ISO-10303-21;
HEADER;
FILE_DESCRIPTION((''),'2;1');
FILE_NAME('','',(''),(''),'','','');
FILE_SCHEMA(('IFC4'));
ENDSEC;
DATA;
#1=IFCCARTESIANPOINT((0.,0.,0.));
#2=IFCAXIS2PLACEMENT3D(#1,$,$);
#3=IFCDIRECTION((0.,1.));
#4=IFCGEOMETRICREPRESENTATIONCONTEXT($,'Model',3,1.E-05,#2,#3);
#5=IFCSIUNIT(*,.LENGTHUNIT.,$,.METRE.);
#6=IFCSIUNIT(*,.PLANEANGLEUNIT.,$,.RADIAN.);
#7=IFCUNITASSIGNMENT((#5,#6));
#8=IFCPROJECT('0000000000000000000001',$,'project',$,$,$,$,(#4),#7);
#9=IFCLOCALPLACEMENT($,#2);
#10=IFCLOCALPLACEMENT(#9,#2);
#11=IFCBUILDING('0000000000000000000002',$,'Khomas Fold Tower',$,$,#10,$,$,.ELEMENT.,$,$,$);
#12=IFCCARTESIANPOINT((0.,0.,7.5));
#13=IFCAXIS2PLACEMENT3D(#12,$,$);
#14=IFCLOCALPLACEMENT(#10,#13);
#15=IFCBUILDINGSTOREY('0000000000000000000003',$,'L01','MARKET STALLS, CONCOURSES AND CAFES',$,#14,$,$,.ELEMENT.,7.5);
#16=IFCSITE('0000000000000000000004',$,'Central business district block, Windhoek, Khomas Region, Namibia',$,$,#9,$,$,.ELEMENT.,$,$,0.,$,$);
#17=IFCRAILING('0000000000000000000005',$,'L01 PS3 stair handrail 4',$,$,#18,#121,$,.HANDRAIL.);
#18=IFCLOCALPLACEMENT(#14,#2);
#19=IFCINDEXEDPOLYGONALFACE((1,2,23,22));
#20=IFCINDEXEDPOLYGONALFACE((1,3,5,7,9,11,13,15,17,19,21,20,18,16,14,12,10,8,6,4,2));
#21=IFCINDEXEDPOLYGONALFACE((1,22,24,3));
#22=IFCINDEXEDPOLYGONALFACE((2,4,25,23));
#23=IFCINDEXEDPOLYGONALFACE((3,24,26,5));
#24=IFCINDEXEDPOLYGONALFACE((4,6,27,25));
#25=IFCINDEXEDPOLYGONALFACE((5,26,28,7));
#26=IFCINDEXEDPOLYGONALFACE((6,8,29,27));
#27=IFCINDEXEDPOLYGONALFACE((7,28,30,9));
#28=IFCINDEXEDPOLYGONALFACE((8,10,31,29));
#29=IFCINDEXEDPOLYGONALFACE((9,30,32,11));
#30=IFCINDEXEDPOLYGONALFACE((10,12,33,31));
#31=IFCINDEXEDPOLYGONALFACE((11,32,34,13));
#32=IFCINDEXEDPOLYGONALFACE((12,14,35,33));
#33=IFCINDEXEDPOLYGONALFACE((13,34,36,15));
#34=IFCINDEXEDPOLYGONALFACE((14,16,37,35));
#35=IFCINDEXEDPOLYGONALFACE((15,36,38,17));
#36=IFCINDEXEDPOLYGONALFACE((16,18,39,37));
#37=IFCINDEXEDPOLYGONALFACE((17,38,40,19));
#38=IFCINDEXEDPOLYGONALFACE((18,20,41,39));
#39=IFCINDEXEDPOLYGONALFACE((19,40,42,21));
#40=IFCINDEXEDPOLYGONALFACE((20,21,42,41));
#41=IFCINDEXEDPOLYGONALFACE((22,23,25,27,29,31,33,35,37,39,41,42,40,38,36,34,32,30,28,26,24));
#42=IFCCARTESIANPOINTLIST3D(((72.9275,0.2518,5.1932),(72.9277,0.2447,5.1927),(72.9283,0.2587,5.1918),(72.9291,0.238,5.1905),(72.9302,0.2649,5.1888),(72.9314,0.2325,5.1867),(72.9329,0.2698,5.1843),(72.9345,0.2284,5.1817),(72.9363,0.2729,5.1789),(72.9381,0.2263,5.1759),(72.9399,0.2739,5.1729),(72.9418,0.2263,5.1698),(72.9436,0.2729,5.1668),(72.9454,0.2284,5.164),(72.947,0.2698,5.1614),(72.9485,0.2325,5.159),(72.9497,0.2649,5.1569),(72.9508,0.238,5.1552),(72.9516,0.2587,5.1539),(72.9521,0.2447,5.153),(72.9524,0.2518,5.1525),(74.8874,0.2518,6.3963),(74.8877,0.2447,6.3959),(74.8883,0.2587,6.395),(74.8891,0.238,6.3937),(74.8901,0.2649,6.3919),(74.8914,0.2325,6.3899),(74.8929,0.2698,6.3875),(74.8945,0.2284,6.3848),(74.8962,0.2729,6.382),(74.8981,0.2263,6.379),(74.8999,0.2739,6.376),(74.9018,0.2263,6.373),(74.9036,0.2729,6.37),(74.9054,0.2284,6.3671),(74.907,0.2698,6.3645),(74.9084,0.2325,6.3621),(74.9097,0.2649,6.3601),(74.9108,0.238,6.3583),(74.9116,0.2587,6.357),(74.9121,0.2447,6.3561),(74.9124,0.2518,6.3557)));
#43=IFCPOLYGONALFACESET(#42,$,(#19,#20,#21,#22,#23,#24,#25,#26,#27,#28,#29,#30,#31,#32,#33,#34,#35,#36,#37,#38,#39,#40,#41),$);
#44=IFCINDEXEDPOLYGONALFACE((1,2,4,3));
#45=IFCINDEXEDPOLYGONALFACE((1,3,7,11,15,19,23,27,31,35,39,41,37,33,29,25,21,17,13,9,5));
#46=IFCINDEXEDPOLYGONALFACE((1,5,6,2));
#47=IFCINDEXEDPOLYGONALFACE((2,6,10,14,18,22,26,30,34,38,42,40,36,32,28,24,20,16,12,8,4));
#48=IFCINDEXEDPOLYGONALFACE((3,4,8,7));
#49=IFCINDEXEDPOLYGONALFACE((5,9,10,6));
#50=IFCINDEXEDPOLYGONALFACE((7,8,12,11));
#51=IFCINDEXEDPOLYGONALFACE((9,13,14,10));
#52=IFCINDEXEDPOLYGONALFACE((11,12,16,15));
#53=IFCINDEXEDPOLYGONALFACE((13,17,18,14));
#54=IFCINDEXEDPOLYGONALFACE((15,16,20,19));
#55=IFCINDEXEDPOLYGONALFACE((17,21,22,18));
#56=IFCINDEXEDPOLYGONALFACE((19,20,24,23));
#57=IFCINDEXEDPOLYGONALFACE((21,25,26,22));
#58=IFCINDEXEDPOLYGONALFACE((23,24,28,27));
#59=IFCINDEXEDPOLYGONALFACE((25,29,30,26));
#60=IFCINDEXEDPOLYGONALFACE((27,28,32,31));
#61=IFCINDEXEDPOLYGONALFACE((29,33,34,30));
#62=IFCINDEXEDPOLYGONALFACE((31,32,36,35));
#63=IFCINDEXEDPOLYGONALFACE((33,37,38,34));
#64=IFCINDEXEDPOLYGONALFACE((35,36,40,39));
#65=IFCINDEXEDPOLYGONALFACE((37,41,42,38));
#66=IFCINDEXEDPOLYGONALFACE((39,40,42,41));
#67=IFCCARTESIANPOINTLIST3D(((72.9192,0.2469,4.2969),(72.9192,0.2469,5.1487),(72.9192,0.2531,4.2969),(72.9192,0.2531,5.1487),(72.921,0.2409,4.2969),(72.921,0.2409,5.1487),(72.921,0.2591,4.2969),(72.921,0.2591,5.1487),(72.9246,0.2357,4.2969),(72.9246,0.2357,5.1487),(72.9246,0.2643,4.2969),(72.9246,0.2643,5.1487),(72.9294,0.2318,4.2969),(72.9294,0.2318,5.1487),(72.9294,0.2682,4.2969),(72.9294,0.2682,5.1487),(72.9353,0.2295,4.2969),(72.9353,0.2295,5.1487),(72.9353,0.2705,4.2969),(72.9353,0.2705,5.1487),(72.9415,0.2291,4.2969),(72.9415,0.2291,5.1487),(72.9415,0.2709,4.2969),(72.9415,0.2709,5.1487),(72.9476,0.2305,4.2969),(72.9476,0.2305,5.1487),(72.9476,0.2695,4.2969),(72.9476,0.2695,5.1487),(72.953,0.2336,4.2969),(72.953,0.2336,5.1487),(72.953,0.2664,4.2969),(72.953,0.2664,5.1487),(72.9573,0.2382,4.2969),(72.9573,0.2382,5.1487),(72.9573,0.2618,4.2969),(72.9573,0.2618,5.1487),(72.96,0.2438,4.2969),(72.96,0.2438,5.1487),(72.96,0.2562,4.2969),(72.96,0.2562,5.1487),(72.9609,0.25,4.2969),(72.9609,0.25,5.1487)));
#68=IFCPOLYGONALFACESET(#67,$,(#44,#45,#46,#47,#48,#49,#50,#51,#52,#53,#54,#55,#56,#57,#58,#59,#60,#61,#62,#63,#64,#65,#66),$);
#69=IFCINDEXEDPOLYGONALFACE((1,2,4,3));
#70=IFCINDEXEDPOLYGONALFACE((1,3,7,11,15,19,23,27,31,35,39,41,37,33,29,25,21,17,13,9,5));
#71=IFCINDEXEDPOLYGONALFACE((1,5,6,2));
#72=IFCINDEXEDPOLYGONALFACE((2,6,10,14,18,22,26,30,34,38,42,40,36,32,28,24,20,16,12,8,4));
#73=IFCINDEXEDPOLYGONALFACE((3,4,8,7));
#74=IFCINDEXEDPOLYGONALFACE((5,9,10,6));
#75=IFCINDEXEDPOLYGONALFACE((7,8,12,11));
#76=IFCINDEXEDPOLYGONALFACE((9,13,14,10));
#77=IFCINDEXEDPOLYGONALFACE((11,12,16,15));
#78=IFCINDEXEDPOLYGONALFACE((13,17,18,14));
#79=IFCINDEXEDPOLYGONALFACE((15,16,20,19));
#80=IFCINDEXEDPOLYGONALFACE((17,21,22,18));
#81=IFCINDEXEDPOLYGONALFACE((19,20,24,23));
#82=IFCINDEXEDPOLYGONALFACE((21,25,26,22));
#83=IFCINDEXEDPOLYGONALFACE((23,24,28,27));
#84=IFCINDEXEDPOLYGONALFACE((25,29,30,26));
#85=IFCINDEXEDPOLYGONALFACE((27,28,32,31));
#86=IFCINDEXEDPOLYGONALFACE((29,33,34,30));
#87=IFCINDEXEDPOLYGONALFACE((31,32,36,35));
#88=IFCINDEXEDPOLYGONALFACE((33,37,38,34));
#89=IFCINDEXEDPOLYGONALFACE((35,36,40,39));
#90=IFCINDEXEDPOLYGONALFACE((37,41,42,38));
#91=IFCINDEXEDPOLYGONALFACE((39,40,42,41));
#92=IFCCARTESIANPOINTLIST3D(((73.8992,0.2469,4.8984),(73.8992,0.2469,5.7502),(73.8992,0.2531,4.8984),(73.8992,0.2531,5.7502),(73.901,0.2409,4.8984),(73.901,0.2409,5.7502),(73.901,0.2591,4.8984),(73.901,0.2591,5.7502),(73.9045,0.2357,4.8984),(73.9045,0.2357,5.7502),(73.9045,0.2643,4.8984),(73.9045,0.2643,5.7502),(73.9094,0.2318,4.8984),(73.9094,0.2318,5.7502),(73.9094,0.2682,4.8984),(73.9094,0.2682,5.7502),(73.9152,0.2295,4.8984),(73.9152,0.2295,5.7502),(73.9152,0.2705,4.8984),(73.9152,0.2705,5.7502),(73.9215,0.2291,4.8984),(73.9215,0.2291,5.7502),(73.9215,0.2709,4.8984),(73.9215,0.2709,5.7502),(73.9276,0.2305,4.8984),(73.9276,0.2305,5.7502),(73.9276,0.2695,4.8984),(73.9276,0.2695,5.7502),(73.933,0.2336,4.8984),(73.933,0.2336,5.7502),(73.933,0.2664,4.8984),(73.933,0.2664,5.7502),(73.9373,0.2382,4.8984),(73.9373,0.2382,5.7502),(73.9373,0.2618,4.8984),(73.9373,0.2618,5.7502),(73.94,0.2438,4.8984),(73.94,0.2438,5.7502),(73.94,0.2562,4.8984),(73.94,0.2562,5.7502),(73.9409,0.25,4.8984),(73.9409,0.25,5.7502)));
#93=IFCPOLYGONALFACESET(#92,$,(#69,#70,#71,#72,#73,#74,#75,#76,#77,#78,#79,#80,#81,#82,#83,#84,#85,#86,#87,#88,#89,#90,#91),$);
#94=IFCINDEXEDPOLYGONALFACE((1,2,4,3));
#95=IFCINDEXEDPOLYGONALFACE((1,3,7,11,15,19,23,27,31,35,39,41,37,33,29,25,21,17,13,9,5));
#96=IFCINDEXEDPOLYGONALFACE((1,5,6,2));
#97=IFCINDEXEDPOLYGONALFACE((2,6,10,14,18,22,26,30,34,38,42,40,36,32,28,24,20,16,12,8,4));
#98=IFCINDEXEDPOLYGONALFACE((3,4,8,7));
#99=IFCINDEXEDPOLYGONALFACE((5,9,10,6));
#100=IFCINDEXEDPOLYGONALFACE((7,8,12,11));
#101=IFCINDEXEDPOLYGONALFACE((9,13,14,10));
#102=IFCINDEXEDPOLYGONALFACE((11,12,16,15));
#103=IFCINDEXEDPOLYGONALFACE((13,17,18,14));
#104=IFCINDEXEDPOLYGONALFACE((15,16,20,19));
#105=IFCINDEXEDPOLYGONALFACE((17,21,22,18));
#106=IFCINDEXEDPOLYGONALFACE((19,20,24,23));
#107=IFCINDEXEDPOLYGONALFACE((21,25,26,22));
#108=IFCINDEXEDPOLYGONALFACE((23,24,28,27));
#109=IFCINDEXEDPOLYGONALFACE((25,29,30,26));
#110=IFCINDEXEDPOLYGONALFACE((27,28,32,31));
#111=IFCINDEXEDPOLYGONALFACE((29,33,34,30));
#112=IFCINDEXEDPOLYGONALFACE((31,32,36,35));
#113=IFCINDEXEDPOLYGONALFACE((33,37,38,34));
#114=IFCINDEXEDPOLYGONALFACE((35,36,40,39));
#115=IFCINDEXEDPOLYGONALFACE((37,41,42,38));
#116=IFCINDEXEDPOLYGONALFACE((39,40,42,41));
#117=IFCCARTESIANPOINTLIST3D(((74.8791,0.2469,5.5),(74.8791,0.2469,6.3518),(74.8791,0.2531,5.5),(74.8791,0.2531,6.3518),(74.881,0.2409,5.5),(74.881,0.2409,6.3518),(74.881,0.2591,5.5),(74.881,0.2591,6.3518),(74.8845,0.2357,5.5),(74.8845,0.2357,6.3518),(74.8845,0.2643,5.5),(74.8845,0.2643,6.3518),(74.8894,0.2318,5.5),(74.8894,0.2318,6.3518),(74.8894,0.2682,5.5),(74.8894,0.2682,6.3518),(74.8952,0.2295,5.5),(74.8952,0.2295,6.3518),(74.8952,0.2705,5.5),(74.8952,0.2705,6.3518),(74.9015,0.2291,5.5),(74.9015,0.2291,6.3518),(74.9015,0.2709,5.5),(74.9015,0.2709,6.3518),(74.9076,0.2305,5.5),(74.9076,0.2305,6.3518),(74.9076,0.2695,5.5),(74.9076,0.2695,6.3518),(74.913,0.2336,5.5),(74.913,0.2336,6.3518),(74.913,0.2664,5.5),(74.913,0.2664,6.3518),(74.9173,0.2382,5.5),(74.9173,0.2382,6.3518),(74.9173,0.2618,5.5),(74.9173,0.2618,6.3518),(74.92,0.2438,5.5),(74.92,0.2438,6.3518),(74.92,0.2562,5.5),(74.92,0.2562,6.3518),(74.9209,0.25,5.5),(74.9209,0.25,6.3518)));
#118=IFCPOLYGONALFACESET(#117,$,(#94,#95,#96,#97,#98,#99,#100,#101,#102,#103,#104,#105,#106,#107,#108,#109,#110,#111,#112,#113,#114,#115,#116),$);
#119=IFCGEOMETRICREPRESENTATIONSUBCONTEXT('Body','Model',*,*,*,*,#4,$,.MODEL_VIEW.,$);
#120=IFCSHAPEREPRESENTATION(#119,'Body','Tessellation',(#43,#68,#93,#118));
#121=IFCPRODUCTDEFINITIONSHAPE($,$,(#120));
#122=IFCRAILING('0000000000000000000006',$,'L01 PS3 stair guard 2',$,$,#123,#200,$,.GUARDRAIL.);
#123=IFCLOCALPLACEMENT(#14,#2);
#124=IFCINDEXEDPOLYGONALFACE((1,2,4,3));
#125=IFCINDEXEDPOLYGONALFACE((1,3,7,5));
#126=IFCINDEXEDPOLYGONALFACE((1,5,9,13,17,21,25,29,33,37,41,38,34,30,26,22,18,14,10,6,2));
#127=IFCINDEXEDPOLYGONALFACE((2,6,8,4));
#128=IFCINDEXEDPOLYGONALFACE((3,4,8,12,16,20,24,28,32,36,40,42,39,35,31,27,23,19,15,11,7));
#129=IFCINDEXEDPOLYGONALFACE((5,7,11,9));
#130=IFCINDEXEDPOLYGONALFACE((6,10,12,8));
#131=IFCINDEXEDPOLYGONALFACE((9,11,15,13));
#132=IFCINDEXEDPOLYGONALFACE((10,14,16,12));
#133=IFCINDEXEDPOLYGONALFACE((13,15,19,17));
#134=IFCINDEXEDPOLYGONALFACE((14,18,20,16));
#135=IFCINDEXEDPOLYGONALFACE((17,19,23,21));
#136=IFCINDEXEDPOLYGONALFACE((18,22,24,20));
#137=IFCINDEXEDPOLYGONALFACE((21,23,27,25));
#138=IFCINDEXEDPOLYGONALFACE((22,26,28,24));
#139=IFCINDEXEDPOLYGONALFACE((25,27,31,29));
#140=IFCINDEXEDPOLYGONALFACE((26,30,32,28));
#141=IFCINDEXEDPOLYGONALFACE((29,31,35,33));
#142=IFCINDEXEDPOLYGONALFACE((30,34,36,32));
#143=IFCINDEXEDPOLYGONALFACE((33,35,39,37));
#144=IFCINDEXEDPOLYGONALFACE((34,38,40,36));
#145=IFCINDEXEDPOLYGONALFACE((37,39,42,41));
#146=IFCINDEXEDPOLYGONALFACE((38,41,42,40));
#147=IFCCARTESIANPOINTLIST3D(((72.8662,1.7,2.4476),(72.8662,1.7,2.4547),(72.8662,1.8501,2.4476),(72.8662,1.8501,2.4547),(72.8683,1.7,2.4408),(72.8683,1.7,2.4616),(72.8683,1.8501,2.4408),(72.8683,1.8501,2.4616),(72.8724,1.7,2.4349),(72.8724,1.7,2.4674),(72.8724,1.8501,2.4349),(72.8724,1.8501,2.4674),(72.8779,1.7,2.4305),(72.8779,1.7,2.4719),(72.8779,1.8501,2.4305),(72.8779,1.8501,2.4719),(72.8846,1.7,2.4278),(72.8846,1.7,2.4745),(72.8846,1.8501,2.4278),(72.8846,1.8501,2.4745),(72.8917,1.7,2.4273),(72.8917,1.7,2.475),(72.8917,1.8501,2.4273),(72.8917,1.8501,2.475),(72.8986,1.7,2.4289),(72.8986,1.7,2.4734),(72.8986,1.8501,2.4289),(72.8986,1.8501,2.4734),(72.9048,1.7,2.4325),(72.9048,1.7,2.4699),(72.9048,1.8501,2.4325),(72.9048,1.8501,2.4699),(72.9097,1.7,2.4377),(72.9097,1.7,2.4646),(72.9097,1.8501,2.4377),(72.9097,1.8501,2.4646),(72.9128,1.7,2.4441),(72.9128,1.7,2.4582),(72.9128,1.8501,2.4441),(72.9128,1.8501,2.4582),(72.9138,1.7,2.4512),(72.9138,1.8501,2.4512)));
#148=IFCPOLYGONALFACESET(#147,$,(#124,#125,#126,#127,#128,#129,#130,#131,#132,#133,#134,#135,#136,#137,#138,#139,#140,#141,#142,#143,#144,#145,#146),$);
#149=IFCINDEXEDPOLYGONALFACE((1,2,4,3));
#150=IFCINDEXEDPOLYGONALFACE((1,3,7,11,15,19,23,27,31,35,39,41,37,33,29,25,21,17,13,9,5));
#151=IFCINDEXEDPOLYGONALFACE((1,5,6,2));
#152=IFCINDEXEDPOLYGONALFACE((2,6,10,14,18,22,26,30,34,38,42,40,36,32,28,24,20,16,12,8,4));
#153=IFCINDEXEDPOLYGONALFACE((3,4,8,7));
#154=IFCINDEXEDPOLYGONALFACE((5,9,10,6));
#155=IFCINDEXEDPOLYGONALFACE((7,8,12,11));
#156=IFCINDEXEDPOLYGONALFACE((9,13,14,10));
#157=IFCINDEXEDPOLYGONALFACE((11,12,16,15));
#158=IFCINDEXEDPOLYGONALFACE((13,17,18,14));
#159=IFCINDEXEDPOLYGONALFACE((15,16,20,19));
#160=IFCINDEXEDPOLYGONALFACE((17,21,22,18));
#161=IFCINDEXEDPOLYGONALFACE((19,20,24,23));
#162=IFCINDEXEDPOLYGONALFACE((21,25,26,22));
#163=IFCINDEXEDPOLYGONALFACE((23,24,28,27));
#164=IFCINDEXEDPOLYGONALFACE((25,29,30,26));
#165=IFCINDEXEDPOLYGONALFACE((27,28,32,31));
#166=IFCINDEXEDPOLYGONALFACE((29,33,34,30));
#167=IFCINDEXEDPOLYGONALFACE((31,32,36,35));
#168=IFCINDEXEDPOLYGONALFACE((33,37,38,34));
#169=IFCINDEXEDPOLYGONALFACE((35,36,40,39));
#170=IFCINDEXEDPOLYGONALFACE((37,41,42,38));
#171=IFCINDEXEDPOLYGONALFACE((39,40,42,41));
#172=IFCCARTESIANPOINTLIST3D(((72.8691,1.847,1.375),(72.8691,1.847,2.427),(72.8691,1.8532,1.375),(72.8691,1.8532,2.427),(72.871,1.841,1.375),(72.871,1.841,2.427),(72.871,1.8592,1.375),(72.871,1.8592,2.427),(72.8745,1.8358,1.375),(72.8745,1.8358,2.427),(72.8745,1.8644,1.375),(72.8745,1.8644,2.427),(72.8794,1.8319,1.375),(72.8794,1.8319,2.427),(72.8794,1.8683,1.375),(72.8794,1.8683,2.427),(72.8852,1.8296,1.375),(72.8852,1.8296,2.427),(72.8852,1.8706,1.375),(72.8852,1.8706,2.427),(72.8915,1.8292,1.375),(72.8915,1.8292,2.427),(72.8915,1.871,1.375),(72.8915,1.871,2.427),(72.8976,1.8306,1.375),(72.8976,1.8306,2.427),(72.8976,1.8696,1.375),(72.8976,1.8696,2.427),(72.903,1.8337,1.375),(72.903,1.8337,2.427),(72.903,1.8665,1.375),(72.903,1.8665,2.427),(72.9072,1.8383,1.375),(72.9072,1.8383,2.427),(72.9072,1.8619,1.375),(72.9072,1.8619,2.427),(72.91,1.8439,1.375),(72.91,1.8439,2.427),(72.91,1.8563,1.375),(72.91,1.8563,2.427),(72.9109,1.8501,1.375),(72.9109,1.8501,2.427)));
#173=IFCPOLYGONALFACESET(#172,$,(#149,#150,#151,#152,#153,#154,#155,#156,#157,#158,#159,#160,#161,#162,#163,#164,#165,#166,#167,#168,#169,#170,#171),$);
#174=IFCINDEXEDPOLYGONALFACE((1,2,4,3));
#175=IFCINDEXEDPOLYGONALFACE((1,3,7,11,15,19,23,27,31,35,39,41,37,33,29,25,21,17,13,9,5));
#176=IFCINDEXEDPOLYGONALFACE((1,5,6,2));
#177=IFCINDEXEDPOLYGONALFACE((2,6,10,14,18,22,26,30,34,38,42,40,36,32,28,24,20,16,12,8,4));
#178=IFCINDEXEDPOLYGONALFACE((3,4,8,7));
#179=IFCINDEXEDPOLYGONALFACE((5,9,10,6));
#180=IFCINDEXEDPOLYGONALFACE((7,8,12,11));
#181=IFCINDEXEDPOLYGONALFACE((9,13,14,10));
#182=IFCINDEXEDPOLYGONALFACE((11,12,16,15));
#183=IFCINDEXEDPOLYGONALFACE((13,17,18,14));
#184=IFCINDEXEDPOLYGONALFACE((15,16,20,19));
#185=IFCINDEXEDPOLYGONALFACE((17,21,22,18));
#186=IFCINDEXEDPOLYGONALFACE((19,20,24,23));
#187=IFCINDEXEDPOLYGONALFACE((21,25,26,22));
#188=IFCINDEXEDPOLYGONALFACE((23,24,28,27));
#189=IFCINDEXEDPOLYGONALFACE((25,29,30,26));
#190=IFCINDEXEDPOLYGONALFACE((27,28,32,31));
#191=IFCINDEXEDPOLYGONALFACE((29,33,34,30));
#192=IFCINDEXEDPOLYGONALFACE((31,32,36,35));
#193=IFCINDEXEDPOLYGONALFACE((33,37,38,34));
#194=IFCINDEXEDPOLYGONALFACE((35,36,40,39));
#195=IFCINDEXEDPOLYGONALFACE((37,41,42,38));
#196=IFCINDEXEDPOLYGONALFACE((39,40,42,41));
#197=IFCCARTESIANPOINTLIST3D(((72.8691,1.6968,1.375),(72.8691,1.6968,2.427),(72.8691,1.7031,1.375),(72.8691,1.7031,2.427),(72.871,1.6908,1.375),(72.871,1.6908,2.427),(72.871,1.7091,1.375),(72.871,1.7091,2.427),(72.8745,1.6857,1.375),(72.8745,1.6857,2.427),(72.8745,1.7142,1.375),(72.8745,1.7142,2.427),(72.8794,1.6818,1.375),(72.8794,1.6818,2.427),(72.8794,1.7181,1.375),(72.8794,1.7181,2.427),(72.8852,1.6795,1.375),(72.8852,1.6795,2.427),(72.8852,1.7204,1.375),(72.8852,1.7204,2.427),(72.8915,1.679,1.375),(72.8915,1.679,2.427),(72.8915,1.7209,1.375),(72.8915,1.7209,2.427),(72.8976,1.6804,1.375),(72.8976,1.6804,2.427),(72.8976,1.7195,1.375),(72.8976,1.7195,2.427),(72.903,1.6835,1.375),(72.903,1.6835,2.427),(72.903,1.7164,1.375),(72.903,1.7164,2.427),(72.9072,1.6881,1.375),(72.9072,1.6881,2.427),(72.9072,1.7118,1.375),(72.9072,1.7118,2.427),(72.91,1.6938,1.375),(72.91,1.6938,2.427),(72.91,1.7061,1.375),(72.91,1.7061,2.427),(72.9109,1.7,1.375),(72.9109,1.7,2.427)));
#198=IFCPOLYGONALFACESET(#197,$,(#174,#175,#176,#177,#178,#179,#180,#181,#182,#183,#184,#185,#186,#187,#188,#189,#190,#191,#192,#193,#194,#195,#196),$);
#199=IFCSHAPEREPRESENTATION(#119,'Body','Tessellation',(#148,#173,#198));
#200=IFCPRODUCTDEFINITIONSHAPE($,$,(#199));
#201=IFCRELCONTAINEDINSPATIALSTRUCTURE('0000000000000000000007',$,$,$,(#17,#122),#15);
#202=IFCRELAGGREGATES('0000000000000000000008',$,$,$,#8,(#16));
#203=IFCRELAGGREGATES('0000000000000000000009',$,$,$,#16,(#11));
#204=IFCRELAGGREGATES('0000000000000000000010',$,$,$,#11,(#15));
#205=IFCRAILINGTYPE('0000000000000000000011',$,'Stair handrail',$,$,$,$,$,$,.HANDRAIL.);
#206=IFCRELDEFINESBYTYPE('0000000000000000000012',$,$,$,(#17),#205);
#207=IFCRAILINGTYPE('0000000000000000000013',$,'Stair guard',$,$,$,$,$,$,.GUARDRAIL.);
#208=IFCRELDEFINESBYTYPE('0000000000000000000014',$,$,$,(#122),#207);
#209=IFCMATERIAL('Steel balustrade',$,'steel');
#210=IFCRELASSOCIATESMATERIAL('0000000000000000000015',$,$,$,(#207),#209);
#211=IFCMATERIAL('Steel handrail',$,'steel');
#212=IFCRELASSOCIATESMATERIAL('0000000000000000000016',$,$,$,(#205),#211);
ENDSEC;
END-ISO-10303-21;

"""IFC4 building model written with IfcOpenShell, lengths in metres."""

from ifc_helpers import new_model, si_unit, direction, frame, origin, origin_2d, place, context, subcontext, project, spatial, circle, extrude, source, transform, mapped, material, type_object, element, save


model = new_model("IFC4")

# Units and contexts
model_context = context("Model", 3, precision=1e-05, world=origin(), true_north=direction((0.0, 1.0)))
body_context = subcontext(model_context, "Body", "Model", "MODEL_VIEW")
ifc_project = project(units=[si_unit("LENGTHUNIT", "METRE"), si_unit("PLANEANGLEUNIT", "RADIAN")], contexts=[model_context])

# Site, building, storey
site_placement = place(None, origin())
site = spatial("IfcSite", under=ifc_project, at=site_placement, Name="Central business district block, Windhoek, Khomas Region, Namibia", CompositionType="ELEMENT", RefElevation=0.0)
building_placement = place(site_placement, origin())
building = spatial("IfcBuilding", under=site, at=building_placement, Name="Khomas Fold Tower", CompositionType="ELEMENT")
storey_placement = place(building_placement, frame((0.0, 0.0, 7.5)))
storey = spatial("IfcBuildingStorey", under=building, at=storey_placement, Name="L01", Description="MARKET STALLS, CONCOURSES AND CAFES", CompositionType="ELEMENT", Elevation=7.5)

# Railings
ifc_material_1 = material(Name="Steel balustrade", Category="steel")
railing_type_1 = type_object("IfcRailingType", Name="Stair guard", PredefinedType="GUARDRAIL", material=ifc_material_1)
ifc_material_2 = material(Name="Steel handrail", Category="steel")
railing_type_2 = type_object("IfcRailingType", Name="Stair handrail", PredefinedType="HANDRAIL", material=ifc_material_2)
shared_shape_1 = source(origin(), body_context, "Body", "SweptSolid", [
    extrude(circle(Radius=0.0239, at=origin_2d()), frame((0.0, 0.0, 0.876), z_axis=(0.852241, 0.0, 0.523149), x_axis=(0.0, 1.0, 0.0)), (0.0, 0.0, 1.0), 2.2998),
    extrude(circle(Radius=0.021, at=origin_2d()), origin(), (0.0, 0.0, 1.0), 0.8518),
    extrude(circle(Radius=0.021, at=origin_2d()), frame((0.98, 0.0, 0.6016)), (0.0, 0.0, 1.0), 0.8518),
    extrude(circle(Radius=0.021, at=origin_2d()), frame((1.96, 0.0, 1.2031)), (0.0, 0.0, 1.0), 0.8518),
])
for number, where, name in (
    (1, (72.9399, 0.25, 4.2969), "L01 PS3 stair handrail 4"),
):
    element("IfcRailing", number, at=place(storey_placement, frame(where)), inside=storey, type_object=railing_type_2, Name=name, PredefinedType="HANDRAIL", context=body_context, shape_type="MappedRepresentation", body=[
        mapped(shared_shape_1, transform((0.0, 0.0, 0.0))),
    ])
shared_shape_2 = source(origin(), body_context, "Body", "SweptSolid", [
    extrude(circle(Radius=0.0239, at=origin_2d()), frame((0.0, 0.0, 1.0762), z_axis=(0.0, -1.0, 0.0), x_axis=(1.0, 0.0, 0.0)), (0.0, 0.0, 1.0), 0.1501),
    extrude(circle(Radius=0.021, at=origin_2d()), origin(), (0.0, 0.0, 1.0), 1.052),
    extrude(circle(Radius=0.021, at=origin_2d()), frame((0.0, -0.1501, 0.0)), (0.0, 0.0, 1.0), 1.052),
])
for number, where, name in (
    (2, (72.8899, 1.8501, 1.375), "L01 PS3 stair guard 2"),
):
    element("IfcRailing", number, at=place(storey_placement, frame(where)), inside=storey, type_object=railing_type_1, Name=name, PredefinedType="GUARDRAIL", context=body_context, shape_type="MappedRepresentation", body=[
        mapped(shared_shape_2, transform((0.0, 0.0, 0.0))),
    ])

save(model, "model.ifc")
